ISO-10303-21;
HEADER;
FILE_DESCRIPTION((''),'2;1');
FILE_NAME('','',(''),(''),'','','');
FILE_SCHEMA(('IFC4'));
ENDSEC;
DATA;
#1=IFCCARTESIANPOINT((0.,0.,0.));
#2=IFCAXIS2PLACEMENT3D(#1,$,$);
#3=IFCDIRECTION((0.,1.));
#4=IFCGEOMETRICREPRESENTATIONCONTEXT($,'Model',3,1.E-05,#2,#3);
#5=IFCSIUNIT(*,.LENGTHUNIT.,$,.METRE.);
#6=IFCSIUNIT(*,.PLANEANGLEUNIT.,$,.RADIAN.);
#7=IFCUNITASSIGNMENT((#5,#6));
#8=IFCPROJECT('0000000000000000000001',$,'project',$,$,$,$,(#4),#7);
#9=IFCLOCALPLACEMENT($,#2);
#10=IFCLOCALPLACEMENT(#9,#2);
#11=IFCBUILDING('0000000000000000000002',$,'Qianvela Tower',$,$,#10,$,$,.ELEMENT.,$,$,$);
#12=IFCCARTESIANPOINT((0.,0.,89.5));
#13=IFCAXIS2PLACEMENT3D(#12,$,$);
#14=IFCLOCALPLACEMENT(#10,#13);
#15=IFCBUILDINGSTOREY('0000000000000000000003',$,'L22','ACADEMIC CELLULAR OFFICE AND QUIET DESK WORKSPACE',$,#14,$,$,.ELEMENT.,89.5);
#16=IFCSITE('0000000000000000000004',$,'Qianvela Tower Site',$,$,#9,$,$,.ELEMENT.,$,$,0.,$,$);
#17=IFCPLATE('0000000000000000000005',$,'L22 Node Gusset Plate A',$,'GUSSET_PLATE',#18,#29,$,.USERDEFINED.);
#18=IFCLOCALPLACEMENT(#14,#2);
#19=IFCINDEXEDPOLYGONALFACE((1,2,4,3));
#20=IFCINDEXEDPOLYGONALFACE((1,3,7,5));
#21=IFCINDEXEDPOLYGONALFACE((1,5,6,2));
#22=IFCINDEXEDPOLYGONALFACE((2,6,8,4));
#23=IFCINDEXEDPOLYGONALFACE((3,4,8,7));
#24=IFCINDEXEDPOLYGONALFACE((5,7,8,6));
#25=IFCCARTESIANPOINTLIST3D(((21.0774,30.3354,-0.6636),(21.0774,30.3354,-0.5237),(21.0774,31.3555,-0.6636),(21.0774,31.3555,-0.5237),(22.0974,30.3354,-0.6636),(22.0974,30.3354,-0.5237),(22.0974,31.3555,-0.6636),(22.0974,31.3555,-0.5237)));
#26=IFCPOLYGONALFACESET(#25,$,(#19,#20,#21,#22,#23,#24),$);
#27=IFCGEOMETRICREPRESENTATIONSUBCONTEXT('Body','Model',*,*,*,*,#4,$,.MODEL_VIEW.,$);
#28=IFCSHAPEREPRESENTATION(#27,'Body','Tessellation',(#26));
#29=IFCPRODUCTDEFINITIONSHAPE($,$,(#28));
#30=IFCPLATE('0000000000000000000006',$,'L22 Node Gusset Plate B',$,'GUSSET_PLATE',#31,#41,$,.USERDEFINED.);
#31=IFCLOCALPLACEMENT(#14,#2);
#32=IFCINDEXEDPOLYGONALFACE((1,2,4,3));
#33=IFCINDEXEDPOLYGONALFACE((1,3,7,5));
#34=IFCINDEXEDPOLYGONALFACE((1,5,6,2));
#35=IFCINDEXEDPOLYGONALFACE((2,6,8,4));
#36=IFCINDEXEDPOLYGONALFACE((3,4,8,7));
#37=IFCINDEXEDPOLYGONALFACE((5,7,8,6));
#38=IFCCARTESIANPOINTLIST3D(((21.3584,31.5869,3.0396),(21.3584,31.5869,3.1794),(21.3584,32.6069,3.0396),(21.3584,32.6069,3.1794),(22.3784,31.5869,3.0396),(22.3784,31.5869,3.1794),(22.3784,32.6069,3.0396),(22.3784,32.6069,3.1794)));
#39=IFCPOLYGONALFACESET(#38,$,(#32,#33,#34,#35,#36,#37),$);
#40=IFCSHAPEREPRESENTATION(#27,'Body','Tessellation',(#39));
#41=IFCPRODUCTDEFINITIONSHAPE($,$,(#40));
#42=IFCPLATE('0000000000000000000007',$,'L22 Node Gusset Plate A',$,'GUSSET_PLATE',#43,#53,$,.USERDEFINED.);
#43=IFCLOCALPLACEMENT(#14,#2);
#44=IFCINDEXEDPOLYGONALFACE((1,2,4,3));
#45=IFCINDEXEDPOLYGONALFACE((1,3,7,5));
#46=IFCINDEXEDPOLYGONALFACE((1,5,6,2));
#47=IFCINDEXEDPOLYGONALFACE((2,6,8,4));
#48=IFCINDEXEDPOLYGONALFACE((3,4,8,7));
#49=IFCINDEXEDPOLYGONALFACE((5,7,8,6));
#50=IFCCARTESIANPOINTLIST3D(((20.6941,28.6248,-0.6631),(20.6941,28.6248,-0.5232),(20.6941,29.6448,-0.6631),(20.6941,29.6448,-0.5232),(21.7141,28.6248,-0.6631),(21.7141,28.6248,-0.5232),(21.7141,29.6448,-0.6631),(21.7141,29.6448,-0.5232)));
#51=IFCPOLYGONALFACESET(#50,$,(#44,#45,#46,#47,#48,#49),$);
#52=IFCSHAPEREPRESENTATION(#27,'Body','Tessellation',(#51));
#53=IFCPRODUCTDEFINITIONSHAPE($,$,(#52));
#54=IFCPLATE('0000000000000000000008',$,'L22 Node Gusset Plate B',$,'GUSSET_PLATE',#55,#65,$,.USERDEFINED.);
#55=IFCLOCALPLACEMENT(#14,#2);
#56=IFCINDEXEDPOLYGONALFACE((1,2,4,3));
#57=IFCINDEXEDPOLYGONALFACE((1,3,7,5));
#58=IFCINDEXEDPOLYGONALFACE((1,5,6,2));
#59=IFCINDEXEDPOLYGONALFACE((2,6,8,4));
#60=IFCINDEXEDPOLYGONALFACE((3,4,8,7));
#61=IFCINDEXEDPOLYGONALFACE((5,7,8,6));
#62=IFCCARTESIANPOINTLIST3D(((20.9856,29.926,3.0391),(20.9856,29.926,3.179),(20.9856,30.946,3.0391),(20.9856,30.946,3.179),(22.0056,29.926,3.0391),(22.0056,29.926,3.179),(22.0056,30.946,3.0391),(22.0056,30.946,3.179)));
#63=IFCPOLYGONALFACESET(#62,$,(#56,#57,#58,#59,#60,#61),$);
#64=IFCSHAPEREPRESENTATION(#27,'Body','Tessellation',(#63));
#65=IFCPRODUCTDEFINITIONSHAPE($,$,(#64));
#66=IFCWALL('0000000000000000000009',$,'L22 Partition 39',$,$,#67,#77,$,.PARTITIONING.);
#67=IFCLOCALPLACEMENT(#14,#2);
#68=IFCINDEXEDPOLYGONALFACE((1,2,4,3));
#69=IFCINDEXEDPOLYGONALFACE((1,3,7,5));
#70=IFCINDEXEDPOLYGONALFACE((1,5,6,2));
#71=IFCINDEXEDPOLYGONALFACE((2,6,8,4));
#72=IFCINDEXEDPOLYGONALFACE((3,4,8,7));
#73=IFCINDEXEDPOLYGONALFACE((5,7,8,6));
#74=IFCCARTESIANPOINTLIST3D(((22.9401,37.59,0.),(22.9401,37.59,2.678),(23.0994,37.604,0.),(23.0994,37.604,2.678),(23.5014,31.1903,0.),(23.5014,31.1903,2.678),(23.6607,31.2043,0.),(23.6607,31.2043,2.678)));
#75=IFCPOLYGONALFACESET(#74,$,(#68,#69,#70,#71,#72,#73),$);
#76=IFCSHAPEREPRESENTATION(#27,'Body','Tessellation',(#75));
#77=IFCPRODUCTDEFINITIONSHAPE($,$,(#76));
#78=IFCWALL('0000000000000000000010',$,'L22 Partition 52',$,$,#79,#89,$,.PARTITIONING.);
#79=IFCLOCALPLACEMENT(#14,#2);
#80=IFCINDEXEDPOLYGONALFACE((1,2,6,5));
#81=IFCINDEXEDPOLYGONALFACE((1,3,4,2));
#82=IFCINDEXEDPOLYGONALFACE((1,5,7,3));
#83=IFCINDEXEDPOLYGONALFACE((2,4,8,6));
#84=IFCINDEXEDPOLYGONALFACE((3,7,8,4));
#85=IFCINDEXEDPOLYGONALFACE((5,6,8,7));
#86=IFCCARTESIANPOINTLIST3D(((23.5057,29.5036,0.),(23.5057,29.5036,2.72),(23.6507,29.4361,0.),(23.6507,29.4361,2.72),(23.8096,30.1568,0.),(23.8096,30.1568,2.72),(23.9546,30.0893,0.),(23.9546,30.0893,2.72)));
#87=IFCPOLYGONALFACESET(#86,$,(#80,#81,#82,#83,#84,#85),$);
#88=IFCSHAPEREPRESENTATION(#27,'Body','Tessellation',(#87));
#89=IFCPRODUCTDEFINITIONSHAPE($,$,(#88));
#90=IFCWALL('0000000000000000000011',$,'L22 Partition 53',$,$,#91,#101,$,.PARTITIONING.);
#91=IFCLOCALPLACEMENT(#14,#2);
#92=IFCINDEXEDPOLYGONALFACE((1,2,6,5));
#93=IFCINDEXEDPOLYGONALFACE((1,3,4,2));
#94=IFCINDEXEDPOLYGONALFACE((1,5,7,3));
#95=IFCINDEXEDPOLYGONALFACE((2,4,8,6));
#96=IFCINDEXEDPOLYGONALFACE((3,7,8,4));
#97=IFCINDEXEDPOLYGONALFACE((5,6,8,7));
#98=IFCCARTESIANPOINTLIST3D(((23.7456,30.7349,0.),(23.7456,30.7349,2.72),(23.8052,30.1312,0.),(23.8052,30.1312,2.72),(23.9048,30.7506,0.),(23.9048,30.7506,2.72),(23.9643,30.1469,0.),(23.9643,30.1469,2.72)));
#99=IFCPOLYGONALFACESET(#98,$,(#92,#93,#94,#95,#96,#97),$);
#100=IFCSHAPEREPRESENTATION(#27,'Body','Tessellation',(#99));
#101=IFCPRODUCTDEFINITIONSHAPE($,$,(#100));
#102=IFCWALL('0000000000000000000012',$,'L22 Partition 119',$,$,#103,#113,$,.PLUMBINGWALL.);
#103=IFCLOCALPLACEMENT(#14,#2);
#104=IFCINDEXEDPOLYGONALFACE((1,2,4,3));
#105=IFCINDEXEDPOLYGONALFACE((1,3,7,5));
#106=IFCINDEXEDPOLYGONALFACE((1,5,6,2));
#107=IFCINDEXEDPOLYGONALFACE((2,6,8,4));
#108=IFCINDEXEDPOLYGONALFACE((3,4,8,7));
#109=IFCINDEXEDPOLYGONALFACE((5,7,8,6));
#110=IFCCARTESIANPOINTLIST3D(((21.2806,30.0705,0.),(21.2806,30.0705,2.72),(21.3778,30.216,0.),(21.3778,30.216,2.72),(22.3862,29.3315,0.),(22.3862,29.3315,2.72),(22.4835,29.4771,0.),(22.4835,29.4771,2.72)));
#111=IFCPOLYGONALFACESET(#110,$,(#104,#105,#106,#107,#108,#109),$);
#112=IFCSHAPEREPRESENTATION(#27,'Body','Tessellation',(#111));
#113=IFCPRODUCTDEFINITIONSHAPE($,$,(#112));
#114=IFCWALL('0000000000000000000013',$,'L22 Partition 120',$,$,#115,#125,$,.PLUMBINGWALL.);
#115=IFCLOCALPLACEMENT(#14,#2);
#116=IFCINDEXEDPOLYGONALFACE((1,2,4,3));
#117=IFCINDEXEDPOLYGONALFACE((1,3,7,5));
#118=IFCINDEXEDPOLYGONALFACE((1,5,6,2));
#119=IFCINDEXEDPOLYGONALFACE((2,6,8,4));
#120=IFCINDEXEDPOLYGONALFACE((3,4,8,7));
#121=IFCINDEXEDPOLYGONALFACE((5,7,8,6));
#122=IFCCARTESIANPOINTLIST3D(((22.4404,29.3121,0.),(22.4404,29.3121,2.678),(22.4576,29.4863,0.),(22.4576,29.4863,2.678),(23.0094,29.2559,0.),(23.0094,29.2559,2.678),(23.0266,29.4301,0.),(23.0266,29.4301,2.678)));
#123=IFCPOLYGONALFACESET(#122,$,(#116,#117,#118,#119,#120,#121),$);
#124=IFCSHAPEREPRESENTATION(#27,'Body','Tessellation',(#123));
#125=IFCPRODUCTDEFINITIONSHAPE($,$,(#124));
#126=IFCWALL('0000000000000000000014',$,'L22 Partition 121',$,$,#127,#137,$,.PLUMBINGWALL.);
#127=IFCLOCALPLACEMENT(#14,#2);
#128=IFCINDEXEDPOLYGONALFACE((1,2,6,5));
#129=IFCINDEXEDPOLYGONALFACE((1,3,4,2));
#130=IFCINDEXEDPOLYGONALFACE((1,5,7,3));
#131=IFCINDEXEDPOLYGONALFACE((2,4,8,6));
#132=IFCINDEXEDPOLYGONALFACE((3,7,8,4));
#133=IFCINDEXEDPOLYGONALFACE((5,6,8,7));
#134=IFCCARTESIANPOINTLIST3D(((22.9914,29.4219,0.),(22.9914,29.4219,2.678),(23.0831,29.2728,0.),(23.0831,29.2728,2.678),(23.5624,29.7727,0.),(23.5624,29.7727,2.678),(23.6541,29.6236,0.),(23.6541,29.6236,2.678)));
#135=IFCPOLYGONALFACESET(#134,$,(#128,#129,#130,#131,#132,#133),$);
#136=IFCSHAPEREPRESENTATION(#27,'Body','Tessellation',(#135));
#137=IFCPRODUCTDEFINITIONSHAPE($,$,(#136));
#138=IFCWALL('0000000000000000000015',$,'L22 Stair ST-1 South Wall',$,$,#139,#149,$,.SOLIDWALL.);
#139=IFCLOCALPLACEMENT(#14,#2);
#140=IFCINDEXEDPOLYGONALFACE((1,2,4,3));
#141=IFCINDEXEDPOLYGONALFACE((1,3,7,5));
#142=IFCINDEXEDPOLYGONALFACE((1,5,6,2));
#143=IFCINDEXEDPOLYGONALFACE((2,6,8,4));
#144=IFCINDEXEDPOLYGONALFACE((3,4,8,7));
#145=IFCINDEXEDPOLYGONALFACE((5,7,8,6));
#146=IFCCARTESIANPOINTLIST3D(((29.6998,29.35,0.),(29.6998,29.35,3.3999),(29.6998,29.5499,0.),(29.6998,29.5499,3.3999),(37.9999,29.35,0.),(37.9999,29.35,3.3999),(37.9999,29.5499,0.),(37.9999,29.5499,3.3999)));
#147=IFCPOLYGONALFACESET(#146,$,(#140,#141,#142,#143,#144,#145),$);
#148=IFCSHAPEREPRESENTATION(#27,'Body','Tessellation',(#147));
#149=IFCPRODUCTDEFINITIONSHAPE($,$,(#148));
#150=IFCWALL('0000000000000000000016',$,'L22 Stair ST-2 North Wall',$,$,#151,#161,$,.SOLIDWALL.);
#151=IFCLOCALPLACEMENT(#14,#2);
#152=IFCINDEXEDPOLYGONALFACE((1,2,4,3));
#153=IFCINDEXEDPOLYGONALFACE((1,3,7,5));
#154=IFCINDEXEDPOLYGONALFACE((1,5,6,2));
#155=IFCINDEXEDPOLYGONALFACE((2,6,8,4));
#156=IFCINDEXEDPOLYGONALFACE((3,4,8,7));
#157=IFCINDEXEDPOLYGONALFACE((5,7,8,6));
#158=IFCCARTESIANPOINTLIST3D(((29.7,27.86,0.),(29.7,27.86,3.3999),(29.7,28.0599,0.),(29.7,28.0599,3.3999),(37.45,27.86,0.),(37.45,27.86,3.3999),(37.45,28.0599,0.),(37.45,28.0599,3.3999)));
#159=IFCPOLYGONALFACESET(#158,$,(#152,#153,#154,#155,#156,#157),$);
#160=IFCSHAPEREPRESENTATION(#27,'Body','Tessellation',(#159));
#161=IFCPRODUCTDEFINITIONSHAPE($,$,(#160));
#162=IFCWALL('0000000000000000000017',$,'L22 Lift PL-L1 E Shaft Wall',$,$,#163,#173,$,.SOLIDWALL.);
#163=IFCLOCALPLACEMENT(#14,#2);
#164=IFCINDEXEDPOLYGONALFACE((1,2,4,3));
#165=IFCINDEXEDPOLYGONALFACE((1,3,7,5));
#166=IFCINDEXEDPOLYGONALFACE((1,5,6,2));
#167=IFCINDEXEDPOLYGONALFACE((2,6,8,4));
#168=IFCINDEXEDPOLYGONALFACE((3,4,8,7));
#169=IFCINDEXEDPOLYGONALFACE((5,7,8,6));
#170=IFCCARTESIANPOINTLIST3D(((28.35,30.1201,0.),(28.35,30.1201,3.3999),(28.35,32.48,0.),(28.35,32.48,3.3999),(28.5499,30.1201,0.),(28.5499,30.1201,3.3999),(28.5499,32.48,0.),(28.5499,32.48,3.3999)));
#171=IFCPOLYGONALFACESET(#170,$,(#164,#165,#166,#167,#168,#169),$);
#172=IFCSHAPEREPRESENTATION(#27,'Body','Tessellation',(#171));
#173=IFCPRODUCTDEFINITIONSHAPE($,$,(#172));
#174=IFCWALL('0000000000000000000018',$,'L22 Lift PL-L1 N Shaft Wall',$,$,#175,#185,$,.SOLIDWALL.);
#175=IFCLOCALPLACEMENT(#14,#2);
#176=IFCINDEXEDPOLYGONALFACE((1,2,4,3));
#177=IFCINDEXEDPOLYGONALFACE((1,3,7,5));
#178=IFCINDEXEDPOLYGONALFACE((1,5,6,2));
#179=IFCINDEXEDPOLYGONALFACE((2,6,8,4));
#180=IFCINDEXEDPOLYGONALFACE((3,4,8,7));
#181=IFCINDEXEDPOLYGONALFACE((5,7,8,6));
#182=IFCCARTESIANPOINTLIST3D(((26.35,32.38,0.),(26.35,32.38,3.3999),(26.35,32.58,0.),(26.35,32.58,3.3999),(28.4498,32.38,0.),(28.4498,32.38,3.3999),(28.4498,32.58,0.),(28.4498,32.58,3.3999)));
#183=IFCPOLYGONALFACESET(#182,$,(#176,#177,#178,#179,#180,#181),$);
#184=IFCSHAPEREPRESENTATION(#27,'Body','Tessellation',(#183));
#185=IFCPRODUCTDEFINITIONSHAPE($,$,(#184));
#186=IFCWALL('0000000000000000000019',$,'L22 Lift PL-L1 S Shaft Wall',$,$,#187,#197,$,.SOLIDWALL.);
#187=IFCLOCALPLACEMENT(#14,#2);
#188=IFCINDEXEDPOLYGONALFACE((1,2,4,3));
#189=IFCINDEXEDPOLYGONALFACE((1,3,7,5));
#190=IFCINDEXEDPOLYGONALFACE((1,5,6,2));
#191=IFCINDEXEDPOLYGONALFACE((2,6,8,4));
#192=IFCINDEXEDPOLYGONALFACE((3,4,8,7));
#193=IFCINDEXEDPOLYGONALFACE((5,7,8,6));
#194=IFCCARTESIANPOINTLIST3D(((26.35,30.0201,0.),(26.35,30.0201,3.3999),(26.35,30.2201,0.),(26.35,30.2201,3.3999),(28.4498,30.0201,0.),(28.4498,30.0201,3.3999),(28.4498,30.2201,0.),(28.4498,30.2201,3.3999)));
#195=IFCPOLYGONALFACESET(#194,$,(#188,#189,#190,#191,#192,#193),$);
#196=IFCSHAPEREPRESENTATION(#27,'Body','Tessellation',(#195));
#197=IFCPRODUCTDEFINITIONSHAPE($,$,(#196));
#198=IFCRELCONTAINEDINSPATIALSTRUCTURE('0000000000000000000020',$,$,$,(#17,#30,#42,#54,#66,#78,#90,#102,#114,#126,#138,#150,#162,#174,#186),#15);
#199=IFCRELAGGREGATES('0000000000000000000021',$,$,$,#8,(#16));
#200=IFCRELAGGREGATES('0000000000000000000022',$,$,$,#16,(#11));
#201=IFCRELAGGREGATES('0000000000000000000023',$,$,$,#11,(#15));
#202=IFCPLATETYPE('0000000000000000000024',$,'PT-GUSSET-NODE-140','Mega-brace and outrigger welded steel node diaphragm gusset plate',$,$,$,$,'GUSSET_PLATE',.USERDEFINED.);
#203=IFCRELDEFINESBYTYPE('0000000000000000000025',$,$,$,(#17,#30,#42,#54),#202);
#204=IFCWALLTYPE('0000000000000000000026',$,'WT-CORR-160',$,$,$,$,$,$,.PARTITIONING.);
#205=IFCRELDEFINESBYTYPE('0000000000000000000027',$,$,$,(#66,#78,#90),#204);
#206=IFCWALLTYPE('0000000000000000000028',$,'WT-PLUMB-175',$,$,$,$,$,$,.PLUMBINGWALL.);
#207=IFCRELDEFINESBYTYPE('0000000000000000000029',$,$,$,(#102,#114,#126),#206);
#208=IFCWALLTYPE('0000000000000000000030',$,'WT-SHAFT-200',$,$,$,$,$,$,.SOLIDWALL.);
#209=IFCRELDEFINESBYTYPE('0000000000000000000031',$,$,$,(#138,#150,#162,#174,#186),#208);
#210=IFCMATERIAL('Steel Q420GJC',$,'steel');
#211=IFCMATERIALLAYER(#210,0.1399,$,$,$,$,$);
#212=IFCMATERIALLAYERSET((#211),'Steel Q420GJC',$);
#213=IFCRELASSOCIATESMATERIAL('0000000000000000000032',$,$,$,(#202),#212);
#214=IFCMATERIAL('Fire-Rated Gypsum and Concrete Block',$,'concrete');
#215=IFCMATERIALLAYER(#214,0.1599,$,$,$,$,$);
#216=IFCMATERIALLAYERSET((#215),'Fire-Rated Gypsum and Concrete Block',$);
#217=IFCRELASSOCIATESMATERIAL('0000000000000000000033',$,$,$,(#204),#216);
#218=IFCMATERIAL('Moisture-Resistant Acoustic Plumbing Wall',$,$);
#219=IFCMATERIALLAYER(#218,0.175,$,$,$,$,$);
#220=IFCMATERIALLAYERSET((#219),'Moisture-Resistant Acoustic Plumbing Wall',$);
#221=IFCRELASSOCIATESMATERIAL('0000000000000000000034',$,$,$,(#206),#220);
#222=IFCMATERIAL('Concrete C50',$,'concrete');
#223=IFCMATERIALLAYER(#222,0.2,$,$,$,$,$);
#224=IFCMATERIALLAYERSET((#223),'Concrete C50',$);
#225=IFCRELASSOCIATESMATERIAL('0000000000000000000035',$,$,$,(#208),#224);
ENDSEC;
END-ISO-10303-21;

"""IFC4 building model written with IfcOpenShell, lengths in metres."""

from ifc_helpers import new_model, si_unit, direction, frame, frame_2d, origin, origin_2d, place, context, subcontext, project, spatial, rectangle, extrude, material, layer, layer_set, type_object, element, save


model = new_model("IFC4")

# Units and contexts
model_context = context("Model", 3, precision=1e-05, world=origin(), true_north=direction((0.0, 1.0)))
body_context = subcontext(model_context, "Body", "Model", "MODEL_VIEW")
ifc_project = project(units=[si_unit("LENGTHUNIT", "METRE"), si_unit("PLANEANGLEUNIT", "RADIAN")], contexts=[model_context])

# Site, building, storey
site_placement = place(None, origin())
site = spatial("IfcSite", under=ifc_project, at=site_placement, Name="Qianvela Tower Site", CompositionType="ELEMENT", RefElevation=0.0)
building_placement = place(site_placement, origin())
building = spatial("IfcBuilding", under=site, at=building_placement, Name="Qianvela Tower", CompositionType="ELEMENT")
storey_placement = place(building_placement, frame((0.0, 0.0, 89.5)))
storey = spatial("IfcBuildingStorey", under=building, at=storey_placement, Name="L22", Description="ACADEMIC CELLULAR OFFICE AND QUIET DESK WORKSPACE", CompositionType="ELEMENT", Elevation=89.5)

# Plates
ifc_material_1 = material(Name="Steel Q420GJC", Category="steel")
ifc_layer_1 = layer(ifc_material_1, 0.1399)
ifc_layer_set_1 = layer_set([ifc_layer_1], Name="Steel Q420GJC")
plate_type_1 = type_object("IfcPlateType", Name="PT-GUSSET-NODE-140", Description="Mega-brace and outrigger welded steel node diaphragm gusset plate", ElementType="GUSSET_PLATE", PredefinedType="USERDEFINED", material=ifc_layer_set_1)
for number, where, z_axis, x_axis, name in (
    (1, (21.5874, 30.8455, -0.6636), (0.0, 0.0, 1.0), (1.0, 0.0, 0.0), "L22 Node Gusset Plate A"),
    (2, (21.8684, 32.0969, 3.0396), (0.0, 0.0, 1.0), (1.0, 0.0, 0.0), "L22 Node Gusset Plate B"),
    (3, (21.2041, 29.1348, -0.6631), (0.0, 0.0, 1.0), (1.0, 0.0, 0.0), "L22 Node Gusset Plate A"),
    (4, (21.4956, 30.436, 3.0391), (0.0, 0.0, 1.0), (1.0, 0.0, 0.0), "L22 Node Gusset Plate B"),
):
    element("IfcPlate", number, at=place(storey_placement, frame(where, z_axis=z_axis, x_axis=x_axis)), inside=storey, type_object=plate_type_1, Name=name, ObjectType="GUSSET_PLATE", PredefinedType="USERDEFINED", context=body_context, shape_type="SweptSolid", body=[
        extrude(rectangle(XDim=1.02, YDim=1.02, at=origin_2d()), origin(), (0.0, 0.0, 1.0), 0.1399),
    ])

# Walls
ifc_material_2 = material(Name="Fire-Rated Gypsum and Concrete Block", Category="concrete")
ifc_layer_2 = layer(ifc_material_2, 0.1599)
ifc_layer_set_2 = layer_set([ifc_layer_2], Name="Fire-Rated Gypsum and Concrete Block")
wall_type_1 = type_object("IfcWallType", Name="WT-CORR-160", PredefinedType="PARTITIONING", material=ifc_layer_set_2)
wall_1_placement = place(storey_placement, frame((23.5811, 31.1973, 0.0), z_axis=(0.0, 0.0, 1.0), x_axis=(-0.087369, 0.996176, 0.0)))
element("IfcWall", 5, at=wall_1_placement, inside=storey, type_object=wall_type_1, Name="L22 Partition 39", PredefinedType="PARTITIONING", context=body_context, shape_type="SweptSolid", body=[
    extrude(rectangle(XDim=6.4243, YDim=0.1599, at=frame_2d((3.2122, 0.0))), origin(), (0.0, 0.0, 1.0), 2.678),
])
wall_2_placement = place(storey_placement, frame((23.5781, 29.4697, 0.0), z_axis=(0.0, 0.0, 1.0), x_axis=(0.421828, 0.906676, 0.0)))
element("IfcWall", 6, at=wall_2_placement, inside=storey, type_object=wall_type_1, Name="L22 Partition 52", PredefinedType="PARTITIONING", context=body_context, shape_type="SweptSolid", body=[
    extrude(rectangle(XDim=0.7205, YDim=0.1599, at=frame_2d((0.3604, 0.0))), origin(), (0.0, 0.0, 1.0), 2.72),
])
wall_3_placement = place(storey_placement, frame((23.8848, 30.1392, 0.0), z_axis=(0.0, 0.0, 1.0), x_axis=(-0.098189, 0.995168, 0.0)))
element("IfcWall", 7, at=wall_3_placement, inside=storey, type_object=wall_type_1, Name="L22 Partition 53", PredefinedType="PARTITIONING", context=body_context, shape_type="SweptSolid", body=[
    extrude(rectangle(XDim=0.6067, YDim=0.1599, at=frame_2d((0.3032, 0.0))), origin(), (0.0, 0.0, 1.0), 2.72),
])
ifc_material_3 = material(Name="Moisture-Resistant Acoustic Plumbing Wall")
ifc_layer_3 = layer(ifc_material_3, 0.175)
ifc_layer_set_3 = layer_set([ifc_layer_3], Name="Moisture-Resistant Acoustic Plumbing Wall")
wall_type_2 = type_object("IfcWallType", Name="WT-PLUMB-175", PredefinedType="PLUMBINGWALL", material=ifc_layer_set_3)
wall_4_placement = place(storey_placement, frame((21.3291, 30.1433, 0.0), z_axis=(0.0, 0.0, 1.0), x_axis=(0.8314, -0.555674, 0.0)))
element("IfcWall", 8, at=wall_4_placement, inside=storey, type_object=wall_type_2, Name="L22 Partition 119", PredefinedType="PLUMBINGWALL", context=body_context, shape_type="SweptSolid", body=[
    extrude(rectangle(XDim=1.3298, YDim=0.175, at=frame_2d((0.665, 0.0))), origin(), (0.0, 0.0, 1.0), 2.72),
])
wall_5_placement = place(storey_placement, frame((22.449, 29.3992, 0.0), z_axis=(0.0, 0.0, 1.0), x_axis=(0.995167, -0.098193, 0.0)))
element("IfcWall", 9, at=wall_5_placement, inside=storey, type_object=wall_type_2, Name="L22 Partition 120", PredefinedType="PLUMBINGWALL", context=body_context, shape_type="SweptSolid", body=[
    extrude(rectangle(XDim=0.5718, YDim=0.175, at=frame_2d((0.2859, 0.0))), origin(), (0.0, 0.0, 1.0), 2.678),
])
wall_6_placement = place(storey_placement, frame((23.0374, 29.3474, 0.0), z_axis=(0.0, 0.0, 1.0), x_axis=(0.852046, 0.523467, 0.0)))
element("IfcWall", 10, at=wall_6_placement, inside=storey, type_object=wall_type_2, Name="L22 Partition 121", PredefinedType="PLUMBINGWALL", context=body_context, shape_type="SweptSolid", body=[
    extrude(rectangle(XDim=0.6702, YDim=0.175, at=frame_2d((0.335, 0.0))), origin(), (0.0, 0.0, 1.0), 2.678),
])
ifc_material_4 = material(Name="Concrete C50", Category="concrete")
ifc_layer_4 = layer(ifc_material_4, 0.2)
ifc_layer_set_4 = layer_set([ifc_layer_4], Name="Concrete C50")
wall_type_3 = type_object("IfcWallType", Name="WT-SHAFT-200", PredefinedType="SOLIDWALL", material=ifc_layer_set_4)
wall_7_placement = place(storey_placement, frame((29.7, 29.45, 0.0), z_axis=(0.0, 0.0, 1.0), x_axis=(1.0, 0.0, 0.0)))
element("IfcWall", 11, at=wall_7_placement, inside=storey, type_object=wall_type_3, Name="L22 Stair ST-1 South Wall", PredefinedType="SOLIDWALL", context=body_context, shape_type="SweptSolid", body=[
    extrude(rectangle(XDim=8.3, YDim=0.2, at=frame_2d((4.1499, 0.0))), origin(), (0.0, 0.0, 1.0), 3.3999),
])
wall_8_placement = place(storey_placement, frame((29.7, 27.96, 0.0), z_axis=(0.0, 0.0, 1.0), x_axis=(1.0, 0.0, 0.0)))
element("IfcWall", 12, at=wall_8_placement, inside=storey, type_object=wall_type_3, Name="L22 Stair ST-2 North Wall", PredefinedType="SOLIDWALL", context=body_context, shape_type="SweptSolid", body=[
    extrude(rectangle(XDim=7.75, YDim=0.2, at=frame_2d((3.875, 0.0))), origin(), (0.0, 0.0, 1.0), 3.3999),
])
wall_9_placement = place(storey_placement, frame((28.45, 30.1201, 0.0), z_axis=(0.0, 0.0, 1.0), x_axis=(0.0, 1.0, 0.0)))
element("IfcWall", 13, at=wall_9_placement, inside=storey, type_object=wall_type_3, Name="L22 Lift PL-L1 E Shaft Wall", PredefinedType="SOLIDWALL", context=body_context, shape_type="SweptSolid", body=[
    extrude(rectangle(XDim=2.3599, YDim=0.2, at=frame_2d((1.1799, 0.0))), origin(), (0.0, 0.0, 1.0), 3.3999),
])

# Walls
for number, where, z_axis, x_axis, name in (
    (14, (26.3501, 32.48, 0.0), (0.0, 0.0, 1.0), (1.0, 0.0, 0.0), "L22 Lift PL-L1 N Shaft Wall"),
    (15, (26.3501, 30.1201, 0.0), (0.0, 0.0, 1.0), (1.0, 0.0, 0.0), "L22 Lift PL-L1 S Shaft Wall"),
):
    element("IfcWall", number, at=place(storey_placement, frame(where, z_axis=z_axis, x_axis=x_axis)), inside=storey, type_object=wall_type_3, Name=name, PredefinedType="SOLIDWALL", context=body_context, shape_type="SweptSolid", body=[
        extrude(rectangle(XDim=2.0999, YDim=0.2, at=frame_2d((1.0498, 0.0))), origin(), (0.0, 0.0, 1.0), 3.3999),
    ])

save(model, "model.ifc")
